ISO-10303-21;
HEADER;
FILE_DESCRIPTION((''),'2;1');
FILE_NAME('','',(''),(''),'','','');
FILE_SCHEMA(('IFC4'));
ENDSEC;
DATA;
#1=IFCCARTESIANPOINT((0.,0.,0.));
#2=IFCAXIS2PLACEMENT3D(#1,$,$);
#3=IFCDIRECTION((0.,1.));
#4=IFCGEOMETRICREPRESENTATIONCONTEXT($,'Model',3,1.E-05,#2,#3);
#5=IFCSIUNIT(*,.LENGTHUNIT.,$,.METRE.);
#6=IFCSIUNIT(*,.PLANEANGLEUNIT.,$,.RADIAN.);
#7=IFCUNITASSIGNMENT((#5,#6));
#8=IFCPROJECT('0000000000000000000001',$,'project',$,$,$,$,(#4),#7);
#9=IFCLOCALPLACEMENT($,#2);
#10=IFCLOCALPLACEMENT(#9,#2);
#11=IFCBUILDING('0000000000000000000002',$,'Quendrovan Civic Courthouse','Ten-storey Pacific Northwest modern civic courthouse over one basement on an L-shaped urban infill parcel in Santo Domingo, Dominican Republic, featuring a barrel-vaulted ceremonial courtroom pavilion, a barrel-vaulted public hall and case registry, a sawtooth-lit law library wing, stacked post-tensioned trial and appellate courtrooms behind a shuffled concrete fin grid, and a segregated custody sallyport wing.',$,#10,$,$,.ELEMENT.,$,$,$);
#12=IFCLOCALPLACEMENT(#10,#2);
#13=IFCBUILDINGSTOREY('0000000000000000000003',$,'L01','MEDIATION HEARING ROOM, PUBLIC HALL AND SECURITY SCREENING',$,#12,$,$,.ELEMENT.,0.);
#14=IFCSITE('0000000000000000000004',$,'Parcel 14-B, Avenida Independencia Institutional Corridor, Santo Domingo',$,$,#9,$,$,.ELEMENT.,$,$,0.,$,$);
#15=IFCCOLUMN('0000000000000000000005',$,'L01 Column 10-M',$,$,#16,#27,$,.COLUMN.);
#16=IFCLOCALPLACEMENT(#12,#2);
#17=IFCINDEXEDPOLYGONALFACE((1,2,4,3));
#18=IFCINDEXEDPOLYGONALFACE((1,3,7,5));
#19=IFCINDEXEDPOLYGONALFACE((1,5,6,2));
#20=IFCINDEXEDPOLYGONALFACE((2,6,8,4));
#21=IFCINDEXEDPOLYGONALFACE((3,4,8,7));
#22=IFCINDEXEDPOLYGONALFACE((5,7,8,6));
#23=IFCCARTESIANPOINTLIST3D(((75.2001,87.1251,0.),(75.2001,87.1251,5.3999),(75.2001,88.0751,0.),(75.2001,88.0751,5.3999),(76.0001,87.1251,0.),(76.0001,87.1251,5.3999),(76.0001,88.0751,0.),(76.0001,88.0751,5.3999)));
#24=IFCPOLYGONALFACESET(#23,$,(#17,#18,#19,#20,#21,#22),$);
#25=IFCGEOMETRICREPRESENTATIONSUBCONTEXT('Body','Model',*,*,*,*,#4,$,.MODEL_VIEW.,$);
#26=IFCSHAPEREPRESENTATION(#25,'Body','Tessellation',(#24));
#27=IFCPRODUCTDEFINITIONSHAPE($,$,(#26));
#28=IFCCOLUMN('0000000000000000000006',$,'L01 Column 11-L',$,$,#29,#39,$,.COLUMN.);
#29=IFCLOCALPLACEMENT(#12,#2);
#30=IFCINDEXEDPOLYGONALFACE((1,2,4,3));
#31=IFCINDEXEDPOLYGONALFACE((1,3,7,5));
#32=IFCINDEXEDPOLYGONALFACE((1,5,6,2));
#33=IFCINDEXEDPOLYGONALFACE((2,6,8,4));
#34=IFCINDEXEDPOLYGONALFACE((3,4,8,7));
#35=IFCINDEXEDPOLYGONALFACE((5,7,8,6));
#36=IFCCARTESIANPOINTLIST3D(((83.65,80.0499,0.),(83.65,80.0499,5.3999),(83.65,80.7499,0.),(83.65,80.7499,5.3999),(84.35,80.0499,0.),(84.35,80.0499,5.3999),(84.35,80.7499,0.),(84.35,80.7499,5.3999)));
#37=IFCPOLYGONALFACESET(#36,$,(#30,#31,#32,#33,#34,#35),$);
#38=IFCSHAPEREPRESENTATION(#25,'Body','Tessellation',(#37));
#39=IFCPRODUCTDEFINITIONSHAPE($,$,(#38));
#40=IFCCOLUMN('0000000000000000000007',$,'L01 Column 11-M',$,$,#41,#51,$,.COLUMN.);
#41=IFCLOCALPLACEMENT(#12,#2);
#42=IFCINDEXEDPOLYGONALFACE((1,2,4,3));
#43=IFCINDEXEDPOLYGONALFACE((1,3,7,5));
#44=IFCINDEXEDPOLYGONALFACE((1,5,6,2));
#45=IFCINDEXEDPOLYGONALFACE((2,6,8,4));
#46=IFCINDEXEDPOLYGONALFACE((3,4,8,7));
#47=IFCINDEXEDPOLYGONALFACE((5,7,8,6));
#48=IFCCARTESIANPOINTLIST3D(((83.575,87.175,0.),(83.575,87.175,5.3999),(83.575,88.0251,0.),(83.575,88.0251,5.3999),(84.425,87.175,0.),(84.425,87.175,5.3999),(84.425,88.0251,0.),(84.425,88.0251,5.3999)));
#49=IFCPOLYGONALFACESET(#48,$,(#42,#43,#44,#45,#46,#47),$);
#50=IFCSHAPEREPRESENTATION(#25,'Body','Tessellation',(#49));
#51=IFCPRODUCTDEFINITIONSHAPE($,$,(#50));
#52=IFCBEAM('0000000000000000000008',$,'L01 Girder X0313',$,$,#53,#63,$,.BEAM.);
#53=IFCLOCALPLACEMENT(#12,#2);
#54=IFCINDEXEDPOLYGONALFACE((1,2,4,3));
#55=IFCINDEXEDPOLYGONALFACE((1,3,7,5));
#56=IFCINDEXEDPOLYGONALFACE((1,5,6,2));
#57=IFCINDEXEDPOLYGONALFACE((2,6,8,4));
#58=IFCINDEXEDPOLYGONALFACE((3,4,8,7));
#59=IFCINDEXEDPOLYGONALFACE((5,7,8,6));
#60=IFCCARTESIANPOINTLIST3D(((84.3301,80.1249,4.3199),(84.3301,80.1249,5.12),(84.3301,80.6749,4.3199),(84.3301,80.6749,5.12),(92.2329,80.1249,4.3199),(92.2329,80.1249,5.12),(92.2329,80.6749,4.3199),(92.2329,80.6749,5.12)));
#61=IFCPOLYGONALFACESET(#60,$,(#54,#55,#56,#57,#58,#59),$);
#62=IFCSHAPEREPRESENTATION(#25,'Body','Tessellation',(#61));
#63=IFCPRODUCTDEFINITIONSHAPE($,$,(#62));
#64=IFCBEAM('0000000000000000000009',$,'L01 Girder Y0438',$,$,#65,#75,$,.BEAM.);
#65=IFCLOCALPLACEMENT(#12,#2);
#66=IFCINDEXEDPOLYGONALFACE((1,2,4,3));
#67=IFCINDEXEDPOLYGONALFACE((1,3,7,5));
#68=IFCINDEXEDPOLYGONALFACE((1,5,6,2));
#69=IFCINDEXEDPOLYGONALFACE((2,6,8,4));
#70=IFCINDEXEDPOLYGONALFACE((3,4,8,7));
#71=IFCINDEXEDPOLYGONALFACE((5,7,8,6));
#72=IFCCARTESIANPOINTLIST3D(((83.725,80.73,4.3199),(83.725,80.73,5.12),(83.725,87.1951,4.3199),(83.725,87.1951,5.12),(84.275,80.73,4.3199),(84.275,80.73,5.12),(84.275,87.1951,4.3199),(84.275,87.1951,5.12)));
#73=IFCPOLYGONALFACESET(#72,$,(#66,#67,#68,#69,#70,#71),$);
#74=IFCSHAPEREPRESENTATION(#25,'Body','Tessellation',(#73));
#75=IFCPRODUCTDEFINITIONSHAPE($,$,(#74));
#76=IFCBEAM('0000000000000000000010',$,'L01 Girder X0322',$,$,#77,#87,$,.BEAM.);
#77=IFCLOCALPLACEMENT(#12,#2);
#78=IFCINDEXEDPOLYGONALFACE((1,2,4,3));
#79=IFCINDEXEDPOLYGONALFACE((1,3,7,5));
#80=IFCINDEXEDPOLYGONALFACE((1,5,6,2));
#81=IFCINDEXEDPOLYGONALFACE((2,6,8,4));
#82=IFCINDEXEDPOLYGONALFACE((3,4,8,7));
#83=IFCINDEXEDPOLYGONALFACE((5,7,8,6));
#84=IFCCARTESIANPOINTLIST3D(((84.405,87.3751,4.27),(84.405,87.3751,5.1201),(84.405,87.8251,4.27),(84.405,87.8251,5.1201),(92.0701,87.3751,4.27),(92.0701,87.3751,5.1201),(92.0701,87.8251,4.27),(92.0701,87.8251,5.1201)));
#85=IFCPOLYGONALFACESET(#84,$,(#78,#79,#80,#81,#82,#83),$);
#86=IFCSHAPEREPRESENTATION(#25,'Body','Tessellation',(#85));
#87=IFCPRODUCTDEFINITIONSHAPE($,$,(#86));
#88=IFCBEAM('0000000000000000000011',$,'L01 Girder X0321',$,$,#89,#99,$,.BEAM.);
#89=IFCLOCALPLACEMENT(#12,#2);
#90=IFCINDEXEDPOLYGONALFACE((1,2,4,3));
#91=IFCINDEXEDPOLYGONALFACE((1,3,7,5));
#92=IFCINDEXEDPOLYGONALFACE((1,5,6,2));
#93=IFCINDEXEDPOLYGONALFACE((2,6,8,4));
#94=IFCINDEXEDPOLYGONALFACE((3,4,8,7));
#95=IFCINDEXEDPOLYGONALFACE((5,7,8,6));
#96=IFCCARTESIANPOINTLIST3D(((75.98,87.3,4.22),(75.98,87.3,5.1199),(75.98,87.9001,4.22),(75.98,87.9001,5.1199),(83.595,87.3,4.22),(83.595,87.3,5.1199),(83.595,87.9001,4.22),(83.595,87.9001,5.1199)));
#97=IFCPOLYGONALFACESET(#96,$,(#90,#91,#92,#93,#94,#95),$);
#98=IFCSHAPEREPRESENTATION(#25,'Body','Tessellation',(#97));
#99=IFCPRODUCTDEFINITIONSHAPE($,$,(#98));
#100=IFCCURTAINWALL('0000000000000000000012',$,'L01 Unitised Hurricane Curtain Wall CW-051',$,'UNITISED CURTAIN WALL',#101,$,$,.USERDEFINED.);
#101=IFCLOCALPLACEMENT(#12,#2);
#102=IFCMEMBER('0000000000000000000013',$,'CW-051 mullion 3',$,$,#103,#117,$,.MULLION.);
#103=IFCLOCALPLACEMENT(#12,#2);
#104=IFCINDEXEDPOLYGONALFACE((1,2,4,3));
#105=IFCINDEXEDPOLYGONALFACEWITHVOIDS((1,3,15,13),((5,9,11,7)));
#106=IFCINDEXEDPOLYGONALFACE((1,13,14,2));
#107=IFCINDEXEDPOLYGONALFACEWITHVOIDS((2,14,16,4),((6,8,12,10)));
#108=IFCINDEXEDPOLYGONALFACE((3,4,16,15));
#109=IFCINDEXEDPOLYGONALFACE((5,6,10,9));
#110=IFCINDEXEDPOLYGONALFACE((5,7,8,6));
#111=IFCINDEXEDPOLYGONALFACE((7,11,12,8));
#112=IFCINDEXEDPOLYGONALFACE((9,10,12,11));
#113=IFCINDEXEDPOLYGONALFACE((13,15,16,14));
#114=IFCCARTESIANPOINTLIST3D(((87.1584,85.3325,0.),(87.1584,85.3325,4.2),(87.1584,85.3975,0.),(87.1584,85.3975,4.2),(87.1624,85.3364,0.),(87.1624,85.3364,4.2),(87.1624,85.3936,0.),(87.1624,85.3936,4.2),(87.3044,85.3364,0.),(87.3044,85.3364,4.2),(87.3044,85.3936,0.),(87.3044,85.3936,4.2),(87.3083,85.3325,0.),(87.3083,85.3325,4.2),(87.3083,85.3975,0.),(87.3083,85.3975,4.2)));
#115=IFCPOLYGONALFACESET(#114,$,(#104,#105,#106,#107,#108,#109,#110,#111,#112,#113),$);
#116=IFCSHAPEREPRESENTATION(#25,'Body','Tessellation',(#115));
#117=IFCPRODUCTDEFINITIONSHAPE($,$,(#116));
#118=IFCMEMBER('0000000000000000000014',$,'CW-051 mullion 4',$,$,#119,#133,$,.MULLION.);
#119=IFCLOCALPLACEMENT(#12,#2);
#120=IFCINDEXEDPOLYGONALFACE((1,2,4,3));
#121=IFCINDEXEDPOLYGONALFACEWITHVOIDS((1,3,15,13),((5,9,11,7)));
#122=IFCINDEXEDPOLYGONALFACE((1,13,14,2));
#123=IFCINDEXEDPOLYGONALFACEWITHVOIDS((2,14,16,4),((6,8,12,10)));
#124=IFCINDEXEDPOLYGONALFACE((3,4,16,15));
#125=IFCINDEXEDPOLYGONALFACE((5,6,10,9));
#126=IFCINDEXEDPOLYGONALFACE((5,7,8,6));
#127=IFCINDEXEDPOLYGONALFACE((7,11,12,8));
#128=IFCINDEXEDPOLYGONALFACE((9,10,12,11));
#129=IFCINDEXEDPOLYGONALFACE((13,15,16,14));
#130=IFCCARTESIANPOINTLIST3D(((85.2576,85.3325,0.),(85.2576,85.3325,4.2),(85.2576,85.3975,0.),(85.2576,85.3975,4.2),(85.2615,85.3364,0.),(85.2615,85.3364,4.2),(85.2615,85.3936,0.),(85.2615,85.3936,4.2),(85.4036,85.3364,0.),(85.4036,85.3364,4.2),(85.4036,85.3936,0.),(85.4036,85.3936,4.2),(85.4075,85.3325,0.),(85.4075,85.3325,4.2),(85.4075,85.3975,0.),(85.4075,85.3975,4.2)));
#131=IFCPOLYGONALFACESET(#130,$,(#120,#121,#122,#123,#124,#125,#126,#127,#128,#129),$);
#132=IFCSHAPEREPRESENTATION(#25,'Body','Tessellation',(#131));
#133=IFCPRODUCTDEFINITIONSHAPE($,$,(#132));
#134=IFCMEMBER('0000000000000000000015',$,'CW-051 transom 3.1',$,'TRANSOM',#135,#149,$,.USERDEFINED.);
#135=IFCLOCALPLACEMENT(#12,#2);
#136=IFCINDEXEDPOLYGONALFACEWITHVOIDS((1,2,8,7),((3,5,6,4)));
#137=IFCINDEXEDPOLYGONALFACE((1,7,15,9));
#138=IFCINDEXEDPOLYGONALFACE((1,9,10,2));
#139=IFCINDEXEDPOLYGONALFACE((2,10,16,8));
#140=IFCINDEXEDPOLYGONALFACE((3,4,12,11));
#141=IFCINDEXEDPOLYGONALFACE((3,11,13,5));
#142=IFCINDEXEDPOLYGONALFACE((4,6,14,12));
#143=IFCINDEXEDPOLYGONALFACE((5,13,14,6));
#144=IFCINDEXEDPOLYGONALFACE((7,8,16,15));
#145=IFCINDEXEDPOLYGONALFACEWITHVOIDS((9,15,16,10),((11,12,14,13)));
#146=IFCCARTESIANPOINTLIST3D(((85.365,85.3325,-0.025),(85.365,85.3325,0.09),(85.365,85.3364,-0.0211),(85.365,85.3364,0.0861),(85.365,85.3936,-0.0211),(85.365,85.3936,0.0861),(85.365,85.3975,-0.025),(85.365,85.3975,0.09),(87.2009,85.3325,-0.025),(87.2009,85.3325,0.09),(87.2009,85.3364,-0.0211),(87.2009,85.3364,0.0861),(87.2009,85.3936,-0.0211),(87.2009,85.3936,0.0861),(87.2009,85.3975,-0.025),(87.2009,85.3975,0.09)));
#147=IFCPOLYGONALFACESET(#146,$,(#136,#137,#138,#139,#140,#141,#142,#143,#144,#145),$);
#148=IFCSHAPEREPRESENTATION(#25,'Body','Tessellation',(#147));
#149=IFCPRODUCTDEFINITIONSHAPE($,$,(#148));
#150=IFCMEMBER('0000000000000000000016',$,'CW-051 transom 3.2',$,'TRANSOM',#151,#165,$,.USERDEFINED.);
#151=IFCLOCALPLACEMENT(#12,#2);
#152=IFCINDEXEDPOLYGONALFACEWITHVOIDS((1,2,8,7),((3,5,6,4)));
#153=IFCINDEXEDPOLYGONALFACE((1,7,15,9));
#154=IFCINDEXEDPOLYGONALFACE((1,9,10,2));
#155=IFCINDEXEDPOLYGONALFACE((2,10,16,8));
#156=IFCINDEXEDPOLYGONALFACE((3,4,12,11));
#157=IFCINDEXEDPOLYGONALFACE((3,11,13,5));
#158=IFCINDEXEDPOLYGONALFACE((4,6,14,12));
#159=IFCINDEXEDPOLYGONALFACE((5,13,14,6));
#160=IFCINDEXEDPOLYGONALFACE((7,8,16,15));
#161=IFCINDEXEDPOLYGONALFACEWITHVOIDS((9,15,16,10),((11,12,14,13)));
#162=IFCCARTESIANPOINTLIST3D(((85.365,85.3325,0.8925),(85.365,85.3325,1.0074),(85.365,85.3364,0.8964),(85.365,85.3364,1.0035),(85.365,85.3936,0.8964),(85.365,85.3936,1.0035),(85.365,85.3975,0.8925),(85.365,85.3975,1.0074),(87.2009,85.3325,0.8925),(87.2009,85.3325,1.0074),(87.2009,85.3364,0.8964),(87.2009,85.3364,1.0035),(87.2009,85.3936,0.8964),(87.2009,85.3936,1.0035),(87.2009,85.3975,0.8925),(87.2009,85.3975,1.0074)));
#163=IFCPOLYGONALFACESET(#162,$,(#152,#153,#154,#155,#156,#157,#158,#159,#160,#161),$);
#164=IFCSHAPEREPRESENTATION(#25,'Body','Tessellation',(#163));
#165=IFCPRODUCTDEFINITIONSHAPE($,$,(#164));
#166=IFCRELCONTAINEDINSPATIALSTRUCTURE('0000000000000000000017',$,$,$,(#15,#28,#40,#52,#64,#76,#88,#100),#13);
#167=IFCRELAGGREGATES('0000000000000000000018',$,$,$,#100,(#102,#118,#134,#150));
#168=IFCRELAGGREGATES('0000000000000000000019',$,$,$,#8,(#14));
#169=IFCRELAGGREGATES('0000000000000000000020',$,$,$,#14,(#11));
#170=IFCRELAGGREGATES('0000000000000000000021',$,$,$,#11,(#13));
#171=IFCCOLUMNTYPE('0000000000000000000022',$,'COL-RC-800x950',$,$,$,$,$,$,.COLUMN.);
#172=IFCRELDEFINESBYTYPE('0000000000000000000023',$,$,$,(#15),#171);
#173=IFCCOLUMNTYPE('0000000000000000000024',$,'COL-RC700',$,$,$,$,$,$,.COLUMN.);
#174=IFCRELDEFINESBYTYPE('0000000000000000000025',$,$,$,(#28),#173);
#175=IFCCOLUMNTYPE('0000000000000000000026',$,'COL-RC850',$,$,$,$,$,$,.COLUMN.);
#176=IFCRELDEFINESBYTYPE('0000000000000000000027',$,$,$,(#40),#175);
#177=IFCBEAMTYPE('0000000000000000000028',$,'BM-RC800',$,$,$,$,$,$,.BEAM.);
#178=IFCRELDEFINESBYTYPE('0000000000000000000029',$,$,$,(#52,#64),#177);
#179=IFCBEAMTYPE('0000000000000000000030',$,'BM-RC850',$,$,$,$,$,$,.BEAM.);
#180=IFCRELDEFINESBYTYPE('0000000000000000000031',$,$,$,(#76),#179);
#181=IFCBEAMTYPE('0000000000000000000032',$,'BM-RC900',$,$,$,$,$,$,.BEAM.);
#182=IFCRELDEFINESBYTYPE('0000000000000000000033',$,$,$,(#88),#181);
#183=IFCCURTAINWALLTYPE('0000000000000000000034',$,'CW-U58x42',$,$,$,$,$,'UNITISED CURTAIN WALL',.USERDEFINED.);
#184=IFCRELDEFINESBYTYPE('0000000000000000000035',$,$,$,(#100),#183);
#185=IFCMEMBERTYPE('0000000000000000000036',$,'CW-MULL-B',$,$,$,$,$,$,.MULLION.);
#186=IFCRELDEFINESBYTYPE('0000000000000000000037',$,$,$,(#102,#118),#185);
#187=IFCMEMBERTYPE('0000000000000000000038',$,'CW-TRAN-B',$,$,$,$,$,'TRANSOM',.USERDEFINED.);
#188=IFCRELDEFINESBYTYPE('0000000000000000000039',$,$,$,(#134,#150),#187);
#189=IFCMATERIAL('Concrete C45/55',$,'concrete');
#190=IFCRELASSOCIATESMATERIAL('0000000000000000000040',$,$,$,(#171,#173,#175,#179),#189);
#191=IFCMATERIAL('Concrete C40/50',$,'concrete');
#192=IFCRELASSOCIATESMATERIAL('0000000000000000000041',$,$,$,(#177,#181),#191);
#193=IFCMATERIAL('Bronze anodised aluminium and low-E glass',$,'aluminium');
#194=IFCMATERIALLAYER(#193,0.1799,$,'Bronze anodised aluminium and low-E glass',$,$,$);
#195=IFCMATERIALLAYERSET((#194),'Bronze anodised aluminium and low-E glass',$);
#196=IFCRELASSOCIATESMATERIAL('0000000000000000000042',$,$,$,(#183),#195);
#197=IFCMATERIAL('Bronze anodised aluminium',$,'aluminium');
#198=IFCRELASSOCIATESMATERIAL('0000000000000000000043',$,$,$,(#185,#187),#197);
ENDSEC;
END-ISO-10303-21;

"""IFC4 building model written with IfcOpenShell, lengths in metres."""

from ifc_helpers import new_model, si_unit, direction, frame, origin, origin_2d, place, context, subcontext, project, spatial, rectangle, hollow_rectangle, extrude, material, layer, layer_set, material_profile, profile_set, type_object, element, aggregate, save


model = new_model("IFC4")

# Units and contexts
model_context = context("Model", 3, precision=1e-05, world=origin(), true_north=direction((0.0, 1.0)))
body_context = subcontext(model_context, "Body", "Model", "MODEL_VIEW")
ifc_project = project(units=[si_unit("LENGTHUNIT", "METRE"), si_unit("PLANEANGLEUNIT", "RADIAN")], contexts=[model_context])

# Site, building, storey
site_placement = place(None, origin())
site = spatial("IfcSite", under=ifc_project, at=site_placement, Name="Parcel 14-B, Avenida Independencia Institutional Corridor, Santo Domingo", CompositionType="ELEMENT", RefElevation=0.0)
building_placement = place(site_placement, origin())
building = spatial("IfcBuilding", under=site, at=building_placement, Name="Quendrovan Civic Courthouse", Description="Ten-storey Pacific Northwest modern civic courthouse over one basement on an L-shaped urban infill parcel in Santo Domingo, Dominican Republic, featuring a barrel-vaulted ceremonial courtroom pavilion, a barrel-vaulted public hall and case registry, a sawtooth-lit law library wing, stacked post-tensioned trial and appellate courtrooms behind a shuffled concrete fin grid, and a segregated custody sallyport wing.", CompositionType="ELEMENT")
storey_placement = place(building_placement, origin())
storey = spatial("IfcBuildingStorey", under=building, at=storey_placement, Name="L01", Description="MEDIATION HEARING ROOM, PUBLIC HALL AND SECURITY SCREENING", CompositionType="ELEMENT", Elevation=0.0)

# Columns
ifc_material_1 = material(Name="Concrete C45/55", Category="concrete")
ifc_material_profile_1 = material_profile(ifc_material_1, rectangle(XDim=0.8, YDim=0.95, at=origin_2d()), Name="RC-COL-800x950")
ifc_profile_set_1 = profile_set([ifc_material_profile_1], Name="Concrete C45/55")
column_type_1 = type_object("IfcColumnType", Name="COL-RC-800x950", PredefinedType="COLUMN", material=ifc_profile_set_1)
column_1_placement = place(storey_placement, frame((75.6001, 87.6001, 0.0), z_axis=(0.0, 0.0, 1.0), x_axis=(1.0, 0.0, 0.0)))
element("IfcColumn", 1, at=column_1_placement, inside=storey, type_object=column_type_1, Name="L01 Column 10-M", PredefinedType="COLUMN", context=body_context, shape_type="SweptSolid", body=[
    extrude(rectangle(XDim=0.8, YDim=0.95, at=origin_2d()), origin(), (0.0, 0.0, 1.0), 5.3999),
])
ifc_material_profile_2 = material_profile(ifc_material_1, rectangle(XDim=0.7, YDim=0.7, at=origin_2d()), Name="RC-COL-700x700")
ifc_profile_set_2 = profile_set([ifc_material_profile_2], Name="Concrete C45/55")
column_type_2 = type_object("IfcColumnType", Name="COL-RC700", PredefinedType="COLUMN", material=ifc_profile_set_2)
column_2_placement = place(storey_placement, frame((84.0, 80.3999, 0.0), z_axis=(0.0, 0.0, 1.0), x_axis=(1.0, 0.0, 0.0)))
element("IfcColumn", 2, at=column_2_placement, inside=storey, type_object=column_type_2, Name="L01 Column 11-L", PredefinedType="COLUMN", context=body_context, shape_type="SweptSolid", body=[
    extrude(rectangle(XDim=0.7, YDim=0.7, at=origin_2d()), origin(), (0.0, 0.0, 1.0), 5.3999),
])
ifc_material_profile_3 = material_profile(ifc_material_1, rectangle(XDim=0.8501, YDim=0.8501, at=origin_2d()), Name="RC-COL-850x850")
ifc_profile_set_3 = profile_set([ifc_material_profile_3], Name="Concrete C45/55")
column_type_3 = type_object("IfcColumnType", Name="COL-RC850", PredefinedType="COLUMN", material=ifc_profile_set_3)
column_3_placement = place(storey_placement, frame((84.0, 87.6001, 0.0), z_axis=(0.0, 0.0, 1.0), x_axis=(1.0, 0.0, 0.0)))
element("IfcColumn", 3, at=column_3_placement, inside=storey, type_object=column_type_3, Name="L01 Column 11-M", PredefinedType="COLUMN", context=body_context, shape_type="SweptSolid", body=[
    extrude(rectangle(XDim=0.8501, YDim=0.8501, at=origin_2d()), origin(), (0.0, 0.0, 1.0), 5.3999),
])

# Beams
ifc_material_2 = material(Name="Concrete C40/50", Category="concrete")
ifc_material_profile_4 = material_profile(ifc_material_2, rectangle(XDim=0.55, YDim=0.8, at=origin_2d()), Name="RC-BM-550x800")
ifc_profile_set_4 = profile_set([ifc_material_profile_4], Name="Concrete C40/50")
beam_type_1 = type_object("IfcBeamType", Name="BM-RC800", PredefinedType="BEAM", material=ifc_profile_set_4)
beam_1_placement = place(storey_placement, frame((84.3301, 80.3999, 4.72), z_axis=(1.0, 0.0, 0.0), x_axis=(0.0, 1.0, 0.0)))
element("IfcBeam", 4, at=beam_1_placement, inside=storey, type_object=beam_type_1, Name="L01 Girder X0313", PredefinedType="BEAM", context=body_context, shape_type="SweptSolid", body=[
    extrude(rectangle(XDim=0.55, YDim=0.8, at=origin_2d()), origin(), (0.0, 0.0, 1.0), 7.9028),
])
beam_2_placement = place(storey_placement, frame((84.0, 80.73, 4.72), z_axis=(0.0, 1.0, 0.0), x_axis=(-1.0, 0.0, 0.0)))
element("IfcBeam", 5, at=beam_2_placement, inside=storey, type_object=beam_type_1, Name="L01 Girder Y0438", PredefinedType="BEAM", context=body_context, shape_type="SweptSolid", body=[
    extrude(rectangle(XDim=0.55, YDim=0.8, at=origin_2d()), origin(), (0.0, 0.0, 1.0), 6.4651),
])
ifc_material_profile_5 = material_profile(ifc_material_1, rectangle(XDim=0.45, YDim=0.8501, at=origin_2d()), Name="RC-BM-450x850")
ifc_profile_set_5 = profile_set([ifc_material_profile_5], Name="Concrete C45/55")
beam_type_2 = type_object("IfcBeamType", Name="BM-RC850", PredefinedType="BEAM", material=ifc_profile_set_5)
beam_3_placement = place(storey_placement, frame((84.405, 87.6001, 4.6951), z_axis=(1.0, 0.0, 0.0), x_axis=(0.0, 1.0, 0.0)))
element("IfcBeam", 6, at=beam_3_placement, inside=storey, type_object=beam_type_2, Name="L01 Girder X0322", PredefinedType="BEAM", context=body_context, shape_type="SweptSolid", body=[
    extrude(rectangle(XDim=0.45, YDim=0.8501, at=origin_2d()), origin(), (0.0, 0.0, 1.0), 7.665),
])
ifc_material_profile_6 = material_profile(ifc_material_2, rectangle(XDim=0.6001, YDim=0.8999, at=origin_2d()), Name="RC-BM-600x900")
ifc_profile_set_6 = profile_set([ifc_material_profile_6], Name="Concrete C40/50")
beam_type_3 = type_object("IfcBeamType", Name="BM-RC900", PredefinedType="BEAM", material=ifc_profile_set_6)
beam_4_placement = place(storey_placement, frame((75.98, 87.6001, 4.6699), z_axis=(1.0, 0.0, 0.0), x_axis=(0.0, 1.0, 0.0)))
element("IfcBeam", 7, at=beam_4_placement, inside=storey, type_object=beam_type_3, Name="L01 Girder X0321", PredefinedType="BEAM", context=body_context, shape_type="SweptSolid", body=[
    extrude(rectangle(XDim=0.6001, YDim=0.8999, at=origin_2d()), origin(), (0.0, 0.0, 1.0), 7.615),
])

# Curtain wall, members
ifc_material_3 = material(Name="Bronze anodised aluminium and low-E glass", Category="aluminium")
ifc_layer_1 = layer(ifc_material_3, 0.1799, Name="Bronze anodised aluminium and low-E glass")
ifc_layer_set_1 = layer_set([ifc_layer_1], Name="Bronze anodised aluminium and low-E glass")
curtain_wall_type = type_object("IfcCurtainWallType", Name="CW-U58x42", ElementType="UNITISED CURTAIN WALL", PredefinedType="USERDEFINED", material=ifc_layer_set_1)
curtain_wall_placement = place(storey_placement, origin())
curtain_wall = element("IfcCurtainWall", 8, at=curtain_wall_placement, inside=storey, type_object=curtain_wall_type, Name="L01 Unitised Hurricane Curtain Wall CW-051", ObjectType="UNITISED CURTAIN WALL", PredefinedType="USERDEFINED")
ifc_material_4 = material(Name="Bronze anodised aluminium", Category="aluminium")
ifc_material_profile_7 = material_profile(ifc_material_4, hollow_rectangle(XDim=0.0649, YDim=0.1499, WallThickness=0.0039, at=origin_2d()), Name="CW-MULL-65x150")
ifc_profile_set_7 = profile_set([ifc_material_profile_7], Name="Bronze anodised aluminium")
member_type_1 = type_object("IfcMemberType", Name="CW-MULL-B", PredefinedType="MULLION", material=ifc_profile_set_7)
member_1_placement = place(storey_placement, frame((87.2334, 85.365, 0.0), z_axis=(0.0, 0.0, 1.0), x_axis=(0.0, -1.0, 0.0)))
member_1 = element("IfcMember", 9, at=member_1_placement, type_object=member_type_1, Name="CW-051 mullion 3", PredefinedType="MULLION", context=body_context, shape_type="SweptSolid", body=[
    extrude(hollow_rectangle(XDim=0.0649, YDim=0.1499, WallThickness=0.0039, at=origin_2d()), origin(), (0.0, 0.0, 1.0), 4.2),
])
member_2_placement = place(storey_placement, frame((85.3325, 85.365, 0.0), z_axis=(0.0, 0.0, 1.0), x_axis=(0.0, -1.0, 0.0)))
member_2 = element("IfcMember", 10, at=member_2_placement, type_object=member_type_1, Name="CW-051 mullion 4", PredefinedType="MULLION", context=body_context, shape_type="SweptSolid", body=[
    extrude(hollow_rectangle(XDim=0.0649, YDim=0.1499, WallThickness=0.0039, at=origin_2d()), origin(), (0.0, 0.0, 1.0), 4.2),
])
ifc_material_profile_8 = material_profile(ifc_material_4, hollow_rectangle(XDim=0.0649, YDim=0.115, WallThickness=0.0039, at=origin_2d()), Name="CW-TRAN-65x115")
ifc_profile_set_8 = profile_set([ifc_material_profile_8], Name="Bronze anodised aluminium")
member_type_2 = type_object("IfcMemberType", Name="CW-TRAN-B", ElementType="TRANSOM", PredefinedType="USERDEFINED", material=ifc_profile_set_8)
member_3_placement = place(storey_placement, frame((87.2009, 85.365, 0.0325), z_axis=(-1.0, 0.0, 0.0), x_axis=(0.0, -1.0, 0.0)))
member_3 = element("IfcMember", 11, at=member_3_placement, type_object=member_type_2, Name="CW-051 transom 3.1", ObjectType="TRANSOM", PredefinedType="USERDEFINED", context=body_context, shape_type="SweptSolid", body=[
    extrude(hollow_rectangle(XDim=0.0649, YDim=0.115, WallThickness=0.0039, at=origin_2d()), origin(), (0.0, 0.0, 1.0), 1.8359),
])
member_4_placement = place(storey_placement, frame((87.2009, 85.365, 0.95), z_axis=(-1.0, 0.0, 0.0), x_axis=(0.0, -1.0, 0.0)))
member_4 = element("IfcMember", 12, at=member_4_placement, type_object=member_type_2, Name="CW-051 transom 3.2", ObjectType="TRANSOM", PredefinedType="USERDEFINED", context=body_context, shape_type="SweptSolid", body=[
    extrude(hollow_rectangle(XDim=0.0649, YDim=0.115, WallThickness=0.0039, at=origin_2d()), origin(), (0.0, 0.0, 1.0), 1.8359),
])
aggregate(curtain_wall, [member_1, member_2, member_3, member_4])

save(model, "model.ifc")
